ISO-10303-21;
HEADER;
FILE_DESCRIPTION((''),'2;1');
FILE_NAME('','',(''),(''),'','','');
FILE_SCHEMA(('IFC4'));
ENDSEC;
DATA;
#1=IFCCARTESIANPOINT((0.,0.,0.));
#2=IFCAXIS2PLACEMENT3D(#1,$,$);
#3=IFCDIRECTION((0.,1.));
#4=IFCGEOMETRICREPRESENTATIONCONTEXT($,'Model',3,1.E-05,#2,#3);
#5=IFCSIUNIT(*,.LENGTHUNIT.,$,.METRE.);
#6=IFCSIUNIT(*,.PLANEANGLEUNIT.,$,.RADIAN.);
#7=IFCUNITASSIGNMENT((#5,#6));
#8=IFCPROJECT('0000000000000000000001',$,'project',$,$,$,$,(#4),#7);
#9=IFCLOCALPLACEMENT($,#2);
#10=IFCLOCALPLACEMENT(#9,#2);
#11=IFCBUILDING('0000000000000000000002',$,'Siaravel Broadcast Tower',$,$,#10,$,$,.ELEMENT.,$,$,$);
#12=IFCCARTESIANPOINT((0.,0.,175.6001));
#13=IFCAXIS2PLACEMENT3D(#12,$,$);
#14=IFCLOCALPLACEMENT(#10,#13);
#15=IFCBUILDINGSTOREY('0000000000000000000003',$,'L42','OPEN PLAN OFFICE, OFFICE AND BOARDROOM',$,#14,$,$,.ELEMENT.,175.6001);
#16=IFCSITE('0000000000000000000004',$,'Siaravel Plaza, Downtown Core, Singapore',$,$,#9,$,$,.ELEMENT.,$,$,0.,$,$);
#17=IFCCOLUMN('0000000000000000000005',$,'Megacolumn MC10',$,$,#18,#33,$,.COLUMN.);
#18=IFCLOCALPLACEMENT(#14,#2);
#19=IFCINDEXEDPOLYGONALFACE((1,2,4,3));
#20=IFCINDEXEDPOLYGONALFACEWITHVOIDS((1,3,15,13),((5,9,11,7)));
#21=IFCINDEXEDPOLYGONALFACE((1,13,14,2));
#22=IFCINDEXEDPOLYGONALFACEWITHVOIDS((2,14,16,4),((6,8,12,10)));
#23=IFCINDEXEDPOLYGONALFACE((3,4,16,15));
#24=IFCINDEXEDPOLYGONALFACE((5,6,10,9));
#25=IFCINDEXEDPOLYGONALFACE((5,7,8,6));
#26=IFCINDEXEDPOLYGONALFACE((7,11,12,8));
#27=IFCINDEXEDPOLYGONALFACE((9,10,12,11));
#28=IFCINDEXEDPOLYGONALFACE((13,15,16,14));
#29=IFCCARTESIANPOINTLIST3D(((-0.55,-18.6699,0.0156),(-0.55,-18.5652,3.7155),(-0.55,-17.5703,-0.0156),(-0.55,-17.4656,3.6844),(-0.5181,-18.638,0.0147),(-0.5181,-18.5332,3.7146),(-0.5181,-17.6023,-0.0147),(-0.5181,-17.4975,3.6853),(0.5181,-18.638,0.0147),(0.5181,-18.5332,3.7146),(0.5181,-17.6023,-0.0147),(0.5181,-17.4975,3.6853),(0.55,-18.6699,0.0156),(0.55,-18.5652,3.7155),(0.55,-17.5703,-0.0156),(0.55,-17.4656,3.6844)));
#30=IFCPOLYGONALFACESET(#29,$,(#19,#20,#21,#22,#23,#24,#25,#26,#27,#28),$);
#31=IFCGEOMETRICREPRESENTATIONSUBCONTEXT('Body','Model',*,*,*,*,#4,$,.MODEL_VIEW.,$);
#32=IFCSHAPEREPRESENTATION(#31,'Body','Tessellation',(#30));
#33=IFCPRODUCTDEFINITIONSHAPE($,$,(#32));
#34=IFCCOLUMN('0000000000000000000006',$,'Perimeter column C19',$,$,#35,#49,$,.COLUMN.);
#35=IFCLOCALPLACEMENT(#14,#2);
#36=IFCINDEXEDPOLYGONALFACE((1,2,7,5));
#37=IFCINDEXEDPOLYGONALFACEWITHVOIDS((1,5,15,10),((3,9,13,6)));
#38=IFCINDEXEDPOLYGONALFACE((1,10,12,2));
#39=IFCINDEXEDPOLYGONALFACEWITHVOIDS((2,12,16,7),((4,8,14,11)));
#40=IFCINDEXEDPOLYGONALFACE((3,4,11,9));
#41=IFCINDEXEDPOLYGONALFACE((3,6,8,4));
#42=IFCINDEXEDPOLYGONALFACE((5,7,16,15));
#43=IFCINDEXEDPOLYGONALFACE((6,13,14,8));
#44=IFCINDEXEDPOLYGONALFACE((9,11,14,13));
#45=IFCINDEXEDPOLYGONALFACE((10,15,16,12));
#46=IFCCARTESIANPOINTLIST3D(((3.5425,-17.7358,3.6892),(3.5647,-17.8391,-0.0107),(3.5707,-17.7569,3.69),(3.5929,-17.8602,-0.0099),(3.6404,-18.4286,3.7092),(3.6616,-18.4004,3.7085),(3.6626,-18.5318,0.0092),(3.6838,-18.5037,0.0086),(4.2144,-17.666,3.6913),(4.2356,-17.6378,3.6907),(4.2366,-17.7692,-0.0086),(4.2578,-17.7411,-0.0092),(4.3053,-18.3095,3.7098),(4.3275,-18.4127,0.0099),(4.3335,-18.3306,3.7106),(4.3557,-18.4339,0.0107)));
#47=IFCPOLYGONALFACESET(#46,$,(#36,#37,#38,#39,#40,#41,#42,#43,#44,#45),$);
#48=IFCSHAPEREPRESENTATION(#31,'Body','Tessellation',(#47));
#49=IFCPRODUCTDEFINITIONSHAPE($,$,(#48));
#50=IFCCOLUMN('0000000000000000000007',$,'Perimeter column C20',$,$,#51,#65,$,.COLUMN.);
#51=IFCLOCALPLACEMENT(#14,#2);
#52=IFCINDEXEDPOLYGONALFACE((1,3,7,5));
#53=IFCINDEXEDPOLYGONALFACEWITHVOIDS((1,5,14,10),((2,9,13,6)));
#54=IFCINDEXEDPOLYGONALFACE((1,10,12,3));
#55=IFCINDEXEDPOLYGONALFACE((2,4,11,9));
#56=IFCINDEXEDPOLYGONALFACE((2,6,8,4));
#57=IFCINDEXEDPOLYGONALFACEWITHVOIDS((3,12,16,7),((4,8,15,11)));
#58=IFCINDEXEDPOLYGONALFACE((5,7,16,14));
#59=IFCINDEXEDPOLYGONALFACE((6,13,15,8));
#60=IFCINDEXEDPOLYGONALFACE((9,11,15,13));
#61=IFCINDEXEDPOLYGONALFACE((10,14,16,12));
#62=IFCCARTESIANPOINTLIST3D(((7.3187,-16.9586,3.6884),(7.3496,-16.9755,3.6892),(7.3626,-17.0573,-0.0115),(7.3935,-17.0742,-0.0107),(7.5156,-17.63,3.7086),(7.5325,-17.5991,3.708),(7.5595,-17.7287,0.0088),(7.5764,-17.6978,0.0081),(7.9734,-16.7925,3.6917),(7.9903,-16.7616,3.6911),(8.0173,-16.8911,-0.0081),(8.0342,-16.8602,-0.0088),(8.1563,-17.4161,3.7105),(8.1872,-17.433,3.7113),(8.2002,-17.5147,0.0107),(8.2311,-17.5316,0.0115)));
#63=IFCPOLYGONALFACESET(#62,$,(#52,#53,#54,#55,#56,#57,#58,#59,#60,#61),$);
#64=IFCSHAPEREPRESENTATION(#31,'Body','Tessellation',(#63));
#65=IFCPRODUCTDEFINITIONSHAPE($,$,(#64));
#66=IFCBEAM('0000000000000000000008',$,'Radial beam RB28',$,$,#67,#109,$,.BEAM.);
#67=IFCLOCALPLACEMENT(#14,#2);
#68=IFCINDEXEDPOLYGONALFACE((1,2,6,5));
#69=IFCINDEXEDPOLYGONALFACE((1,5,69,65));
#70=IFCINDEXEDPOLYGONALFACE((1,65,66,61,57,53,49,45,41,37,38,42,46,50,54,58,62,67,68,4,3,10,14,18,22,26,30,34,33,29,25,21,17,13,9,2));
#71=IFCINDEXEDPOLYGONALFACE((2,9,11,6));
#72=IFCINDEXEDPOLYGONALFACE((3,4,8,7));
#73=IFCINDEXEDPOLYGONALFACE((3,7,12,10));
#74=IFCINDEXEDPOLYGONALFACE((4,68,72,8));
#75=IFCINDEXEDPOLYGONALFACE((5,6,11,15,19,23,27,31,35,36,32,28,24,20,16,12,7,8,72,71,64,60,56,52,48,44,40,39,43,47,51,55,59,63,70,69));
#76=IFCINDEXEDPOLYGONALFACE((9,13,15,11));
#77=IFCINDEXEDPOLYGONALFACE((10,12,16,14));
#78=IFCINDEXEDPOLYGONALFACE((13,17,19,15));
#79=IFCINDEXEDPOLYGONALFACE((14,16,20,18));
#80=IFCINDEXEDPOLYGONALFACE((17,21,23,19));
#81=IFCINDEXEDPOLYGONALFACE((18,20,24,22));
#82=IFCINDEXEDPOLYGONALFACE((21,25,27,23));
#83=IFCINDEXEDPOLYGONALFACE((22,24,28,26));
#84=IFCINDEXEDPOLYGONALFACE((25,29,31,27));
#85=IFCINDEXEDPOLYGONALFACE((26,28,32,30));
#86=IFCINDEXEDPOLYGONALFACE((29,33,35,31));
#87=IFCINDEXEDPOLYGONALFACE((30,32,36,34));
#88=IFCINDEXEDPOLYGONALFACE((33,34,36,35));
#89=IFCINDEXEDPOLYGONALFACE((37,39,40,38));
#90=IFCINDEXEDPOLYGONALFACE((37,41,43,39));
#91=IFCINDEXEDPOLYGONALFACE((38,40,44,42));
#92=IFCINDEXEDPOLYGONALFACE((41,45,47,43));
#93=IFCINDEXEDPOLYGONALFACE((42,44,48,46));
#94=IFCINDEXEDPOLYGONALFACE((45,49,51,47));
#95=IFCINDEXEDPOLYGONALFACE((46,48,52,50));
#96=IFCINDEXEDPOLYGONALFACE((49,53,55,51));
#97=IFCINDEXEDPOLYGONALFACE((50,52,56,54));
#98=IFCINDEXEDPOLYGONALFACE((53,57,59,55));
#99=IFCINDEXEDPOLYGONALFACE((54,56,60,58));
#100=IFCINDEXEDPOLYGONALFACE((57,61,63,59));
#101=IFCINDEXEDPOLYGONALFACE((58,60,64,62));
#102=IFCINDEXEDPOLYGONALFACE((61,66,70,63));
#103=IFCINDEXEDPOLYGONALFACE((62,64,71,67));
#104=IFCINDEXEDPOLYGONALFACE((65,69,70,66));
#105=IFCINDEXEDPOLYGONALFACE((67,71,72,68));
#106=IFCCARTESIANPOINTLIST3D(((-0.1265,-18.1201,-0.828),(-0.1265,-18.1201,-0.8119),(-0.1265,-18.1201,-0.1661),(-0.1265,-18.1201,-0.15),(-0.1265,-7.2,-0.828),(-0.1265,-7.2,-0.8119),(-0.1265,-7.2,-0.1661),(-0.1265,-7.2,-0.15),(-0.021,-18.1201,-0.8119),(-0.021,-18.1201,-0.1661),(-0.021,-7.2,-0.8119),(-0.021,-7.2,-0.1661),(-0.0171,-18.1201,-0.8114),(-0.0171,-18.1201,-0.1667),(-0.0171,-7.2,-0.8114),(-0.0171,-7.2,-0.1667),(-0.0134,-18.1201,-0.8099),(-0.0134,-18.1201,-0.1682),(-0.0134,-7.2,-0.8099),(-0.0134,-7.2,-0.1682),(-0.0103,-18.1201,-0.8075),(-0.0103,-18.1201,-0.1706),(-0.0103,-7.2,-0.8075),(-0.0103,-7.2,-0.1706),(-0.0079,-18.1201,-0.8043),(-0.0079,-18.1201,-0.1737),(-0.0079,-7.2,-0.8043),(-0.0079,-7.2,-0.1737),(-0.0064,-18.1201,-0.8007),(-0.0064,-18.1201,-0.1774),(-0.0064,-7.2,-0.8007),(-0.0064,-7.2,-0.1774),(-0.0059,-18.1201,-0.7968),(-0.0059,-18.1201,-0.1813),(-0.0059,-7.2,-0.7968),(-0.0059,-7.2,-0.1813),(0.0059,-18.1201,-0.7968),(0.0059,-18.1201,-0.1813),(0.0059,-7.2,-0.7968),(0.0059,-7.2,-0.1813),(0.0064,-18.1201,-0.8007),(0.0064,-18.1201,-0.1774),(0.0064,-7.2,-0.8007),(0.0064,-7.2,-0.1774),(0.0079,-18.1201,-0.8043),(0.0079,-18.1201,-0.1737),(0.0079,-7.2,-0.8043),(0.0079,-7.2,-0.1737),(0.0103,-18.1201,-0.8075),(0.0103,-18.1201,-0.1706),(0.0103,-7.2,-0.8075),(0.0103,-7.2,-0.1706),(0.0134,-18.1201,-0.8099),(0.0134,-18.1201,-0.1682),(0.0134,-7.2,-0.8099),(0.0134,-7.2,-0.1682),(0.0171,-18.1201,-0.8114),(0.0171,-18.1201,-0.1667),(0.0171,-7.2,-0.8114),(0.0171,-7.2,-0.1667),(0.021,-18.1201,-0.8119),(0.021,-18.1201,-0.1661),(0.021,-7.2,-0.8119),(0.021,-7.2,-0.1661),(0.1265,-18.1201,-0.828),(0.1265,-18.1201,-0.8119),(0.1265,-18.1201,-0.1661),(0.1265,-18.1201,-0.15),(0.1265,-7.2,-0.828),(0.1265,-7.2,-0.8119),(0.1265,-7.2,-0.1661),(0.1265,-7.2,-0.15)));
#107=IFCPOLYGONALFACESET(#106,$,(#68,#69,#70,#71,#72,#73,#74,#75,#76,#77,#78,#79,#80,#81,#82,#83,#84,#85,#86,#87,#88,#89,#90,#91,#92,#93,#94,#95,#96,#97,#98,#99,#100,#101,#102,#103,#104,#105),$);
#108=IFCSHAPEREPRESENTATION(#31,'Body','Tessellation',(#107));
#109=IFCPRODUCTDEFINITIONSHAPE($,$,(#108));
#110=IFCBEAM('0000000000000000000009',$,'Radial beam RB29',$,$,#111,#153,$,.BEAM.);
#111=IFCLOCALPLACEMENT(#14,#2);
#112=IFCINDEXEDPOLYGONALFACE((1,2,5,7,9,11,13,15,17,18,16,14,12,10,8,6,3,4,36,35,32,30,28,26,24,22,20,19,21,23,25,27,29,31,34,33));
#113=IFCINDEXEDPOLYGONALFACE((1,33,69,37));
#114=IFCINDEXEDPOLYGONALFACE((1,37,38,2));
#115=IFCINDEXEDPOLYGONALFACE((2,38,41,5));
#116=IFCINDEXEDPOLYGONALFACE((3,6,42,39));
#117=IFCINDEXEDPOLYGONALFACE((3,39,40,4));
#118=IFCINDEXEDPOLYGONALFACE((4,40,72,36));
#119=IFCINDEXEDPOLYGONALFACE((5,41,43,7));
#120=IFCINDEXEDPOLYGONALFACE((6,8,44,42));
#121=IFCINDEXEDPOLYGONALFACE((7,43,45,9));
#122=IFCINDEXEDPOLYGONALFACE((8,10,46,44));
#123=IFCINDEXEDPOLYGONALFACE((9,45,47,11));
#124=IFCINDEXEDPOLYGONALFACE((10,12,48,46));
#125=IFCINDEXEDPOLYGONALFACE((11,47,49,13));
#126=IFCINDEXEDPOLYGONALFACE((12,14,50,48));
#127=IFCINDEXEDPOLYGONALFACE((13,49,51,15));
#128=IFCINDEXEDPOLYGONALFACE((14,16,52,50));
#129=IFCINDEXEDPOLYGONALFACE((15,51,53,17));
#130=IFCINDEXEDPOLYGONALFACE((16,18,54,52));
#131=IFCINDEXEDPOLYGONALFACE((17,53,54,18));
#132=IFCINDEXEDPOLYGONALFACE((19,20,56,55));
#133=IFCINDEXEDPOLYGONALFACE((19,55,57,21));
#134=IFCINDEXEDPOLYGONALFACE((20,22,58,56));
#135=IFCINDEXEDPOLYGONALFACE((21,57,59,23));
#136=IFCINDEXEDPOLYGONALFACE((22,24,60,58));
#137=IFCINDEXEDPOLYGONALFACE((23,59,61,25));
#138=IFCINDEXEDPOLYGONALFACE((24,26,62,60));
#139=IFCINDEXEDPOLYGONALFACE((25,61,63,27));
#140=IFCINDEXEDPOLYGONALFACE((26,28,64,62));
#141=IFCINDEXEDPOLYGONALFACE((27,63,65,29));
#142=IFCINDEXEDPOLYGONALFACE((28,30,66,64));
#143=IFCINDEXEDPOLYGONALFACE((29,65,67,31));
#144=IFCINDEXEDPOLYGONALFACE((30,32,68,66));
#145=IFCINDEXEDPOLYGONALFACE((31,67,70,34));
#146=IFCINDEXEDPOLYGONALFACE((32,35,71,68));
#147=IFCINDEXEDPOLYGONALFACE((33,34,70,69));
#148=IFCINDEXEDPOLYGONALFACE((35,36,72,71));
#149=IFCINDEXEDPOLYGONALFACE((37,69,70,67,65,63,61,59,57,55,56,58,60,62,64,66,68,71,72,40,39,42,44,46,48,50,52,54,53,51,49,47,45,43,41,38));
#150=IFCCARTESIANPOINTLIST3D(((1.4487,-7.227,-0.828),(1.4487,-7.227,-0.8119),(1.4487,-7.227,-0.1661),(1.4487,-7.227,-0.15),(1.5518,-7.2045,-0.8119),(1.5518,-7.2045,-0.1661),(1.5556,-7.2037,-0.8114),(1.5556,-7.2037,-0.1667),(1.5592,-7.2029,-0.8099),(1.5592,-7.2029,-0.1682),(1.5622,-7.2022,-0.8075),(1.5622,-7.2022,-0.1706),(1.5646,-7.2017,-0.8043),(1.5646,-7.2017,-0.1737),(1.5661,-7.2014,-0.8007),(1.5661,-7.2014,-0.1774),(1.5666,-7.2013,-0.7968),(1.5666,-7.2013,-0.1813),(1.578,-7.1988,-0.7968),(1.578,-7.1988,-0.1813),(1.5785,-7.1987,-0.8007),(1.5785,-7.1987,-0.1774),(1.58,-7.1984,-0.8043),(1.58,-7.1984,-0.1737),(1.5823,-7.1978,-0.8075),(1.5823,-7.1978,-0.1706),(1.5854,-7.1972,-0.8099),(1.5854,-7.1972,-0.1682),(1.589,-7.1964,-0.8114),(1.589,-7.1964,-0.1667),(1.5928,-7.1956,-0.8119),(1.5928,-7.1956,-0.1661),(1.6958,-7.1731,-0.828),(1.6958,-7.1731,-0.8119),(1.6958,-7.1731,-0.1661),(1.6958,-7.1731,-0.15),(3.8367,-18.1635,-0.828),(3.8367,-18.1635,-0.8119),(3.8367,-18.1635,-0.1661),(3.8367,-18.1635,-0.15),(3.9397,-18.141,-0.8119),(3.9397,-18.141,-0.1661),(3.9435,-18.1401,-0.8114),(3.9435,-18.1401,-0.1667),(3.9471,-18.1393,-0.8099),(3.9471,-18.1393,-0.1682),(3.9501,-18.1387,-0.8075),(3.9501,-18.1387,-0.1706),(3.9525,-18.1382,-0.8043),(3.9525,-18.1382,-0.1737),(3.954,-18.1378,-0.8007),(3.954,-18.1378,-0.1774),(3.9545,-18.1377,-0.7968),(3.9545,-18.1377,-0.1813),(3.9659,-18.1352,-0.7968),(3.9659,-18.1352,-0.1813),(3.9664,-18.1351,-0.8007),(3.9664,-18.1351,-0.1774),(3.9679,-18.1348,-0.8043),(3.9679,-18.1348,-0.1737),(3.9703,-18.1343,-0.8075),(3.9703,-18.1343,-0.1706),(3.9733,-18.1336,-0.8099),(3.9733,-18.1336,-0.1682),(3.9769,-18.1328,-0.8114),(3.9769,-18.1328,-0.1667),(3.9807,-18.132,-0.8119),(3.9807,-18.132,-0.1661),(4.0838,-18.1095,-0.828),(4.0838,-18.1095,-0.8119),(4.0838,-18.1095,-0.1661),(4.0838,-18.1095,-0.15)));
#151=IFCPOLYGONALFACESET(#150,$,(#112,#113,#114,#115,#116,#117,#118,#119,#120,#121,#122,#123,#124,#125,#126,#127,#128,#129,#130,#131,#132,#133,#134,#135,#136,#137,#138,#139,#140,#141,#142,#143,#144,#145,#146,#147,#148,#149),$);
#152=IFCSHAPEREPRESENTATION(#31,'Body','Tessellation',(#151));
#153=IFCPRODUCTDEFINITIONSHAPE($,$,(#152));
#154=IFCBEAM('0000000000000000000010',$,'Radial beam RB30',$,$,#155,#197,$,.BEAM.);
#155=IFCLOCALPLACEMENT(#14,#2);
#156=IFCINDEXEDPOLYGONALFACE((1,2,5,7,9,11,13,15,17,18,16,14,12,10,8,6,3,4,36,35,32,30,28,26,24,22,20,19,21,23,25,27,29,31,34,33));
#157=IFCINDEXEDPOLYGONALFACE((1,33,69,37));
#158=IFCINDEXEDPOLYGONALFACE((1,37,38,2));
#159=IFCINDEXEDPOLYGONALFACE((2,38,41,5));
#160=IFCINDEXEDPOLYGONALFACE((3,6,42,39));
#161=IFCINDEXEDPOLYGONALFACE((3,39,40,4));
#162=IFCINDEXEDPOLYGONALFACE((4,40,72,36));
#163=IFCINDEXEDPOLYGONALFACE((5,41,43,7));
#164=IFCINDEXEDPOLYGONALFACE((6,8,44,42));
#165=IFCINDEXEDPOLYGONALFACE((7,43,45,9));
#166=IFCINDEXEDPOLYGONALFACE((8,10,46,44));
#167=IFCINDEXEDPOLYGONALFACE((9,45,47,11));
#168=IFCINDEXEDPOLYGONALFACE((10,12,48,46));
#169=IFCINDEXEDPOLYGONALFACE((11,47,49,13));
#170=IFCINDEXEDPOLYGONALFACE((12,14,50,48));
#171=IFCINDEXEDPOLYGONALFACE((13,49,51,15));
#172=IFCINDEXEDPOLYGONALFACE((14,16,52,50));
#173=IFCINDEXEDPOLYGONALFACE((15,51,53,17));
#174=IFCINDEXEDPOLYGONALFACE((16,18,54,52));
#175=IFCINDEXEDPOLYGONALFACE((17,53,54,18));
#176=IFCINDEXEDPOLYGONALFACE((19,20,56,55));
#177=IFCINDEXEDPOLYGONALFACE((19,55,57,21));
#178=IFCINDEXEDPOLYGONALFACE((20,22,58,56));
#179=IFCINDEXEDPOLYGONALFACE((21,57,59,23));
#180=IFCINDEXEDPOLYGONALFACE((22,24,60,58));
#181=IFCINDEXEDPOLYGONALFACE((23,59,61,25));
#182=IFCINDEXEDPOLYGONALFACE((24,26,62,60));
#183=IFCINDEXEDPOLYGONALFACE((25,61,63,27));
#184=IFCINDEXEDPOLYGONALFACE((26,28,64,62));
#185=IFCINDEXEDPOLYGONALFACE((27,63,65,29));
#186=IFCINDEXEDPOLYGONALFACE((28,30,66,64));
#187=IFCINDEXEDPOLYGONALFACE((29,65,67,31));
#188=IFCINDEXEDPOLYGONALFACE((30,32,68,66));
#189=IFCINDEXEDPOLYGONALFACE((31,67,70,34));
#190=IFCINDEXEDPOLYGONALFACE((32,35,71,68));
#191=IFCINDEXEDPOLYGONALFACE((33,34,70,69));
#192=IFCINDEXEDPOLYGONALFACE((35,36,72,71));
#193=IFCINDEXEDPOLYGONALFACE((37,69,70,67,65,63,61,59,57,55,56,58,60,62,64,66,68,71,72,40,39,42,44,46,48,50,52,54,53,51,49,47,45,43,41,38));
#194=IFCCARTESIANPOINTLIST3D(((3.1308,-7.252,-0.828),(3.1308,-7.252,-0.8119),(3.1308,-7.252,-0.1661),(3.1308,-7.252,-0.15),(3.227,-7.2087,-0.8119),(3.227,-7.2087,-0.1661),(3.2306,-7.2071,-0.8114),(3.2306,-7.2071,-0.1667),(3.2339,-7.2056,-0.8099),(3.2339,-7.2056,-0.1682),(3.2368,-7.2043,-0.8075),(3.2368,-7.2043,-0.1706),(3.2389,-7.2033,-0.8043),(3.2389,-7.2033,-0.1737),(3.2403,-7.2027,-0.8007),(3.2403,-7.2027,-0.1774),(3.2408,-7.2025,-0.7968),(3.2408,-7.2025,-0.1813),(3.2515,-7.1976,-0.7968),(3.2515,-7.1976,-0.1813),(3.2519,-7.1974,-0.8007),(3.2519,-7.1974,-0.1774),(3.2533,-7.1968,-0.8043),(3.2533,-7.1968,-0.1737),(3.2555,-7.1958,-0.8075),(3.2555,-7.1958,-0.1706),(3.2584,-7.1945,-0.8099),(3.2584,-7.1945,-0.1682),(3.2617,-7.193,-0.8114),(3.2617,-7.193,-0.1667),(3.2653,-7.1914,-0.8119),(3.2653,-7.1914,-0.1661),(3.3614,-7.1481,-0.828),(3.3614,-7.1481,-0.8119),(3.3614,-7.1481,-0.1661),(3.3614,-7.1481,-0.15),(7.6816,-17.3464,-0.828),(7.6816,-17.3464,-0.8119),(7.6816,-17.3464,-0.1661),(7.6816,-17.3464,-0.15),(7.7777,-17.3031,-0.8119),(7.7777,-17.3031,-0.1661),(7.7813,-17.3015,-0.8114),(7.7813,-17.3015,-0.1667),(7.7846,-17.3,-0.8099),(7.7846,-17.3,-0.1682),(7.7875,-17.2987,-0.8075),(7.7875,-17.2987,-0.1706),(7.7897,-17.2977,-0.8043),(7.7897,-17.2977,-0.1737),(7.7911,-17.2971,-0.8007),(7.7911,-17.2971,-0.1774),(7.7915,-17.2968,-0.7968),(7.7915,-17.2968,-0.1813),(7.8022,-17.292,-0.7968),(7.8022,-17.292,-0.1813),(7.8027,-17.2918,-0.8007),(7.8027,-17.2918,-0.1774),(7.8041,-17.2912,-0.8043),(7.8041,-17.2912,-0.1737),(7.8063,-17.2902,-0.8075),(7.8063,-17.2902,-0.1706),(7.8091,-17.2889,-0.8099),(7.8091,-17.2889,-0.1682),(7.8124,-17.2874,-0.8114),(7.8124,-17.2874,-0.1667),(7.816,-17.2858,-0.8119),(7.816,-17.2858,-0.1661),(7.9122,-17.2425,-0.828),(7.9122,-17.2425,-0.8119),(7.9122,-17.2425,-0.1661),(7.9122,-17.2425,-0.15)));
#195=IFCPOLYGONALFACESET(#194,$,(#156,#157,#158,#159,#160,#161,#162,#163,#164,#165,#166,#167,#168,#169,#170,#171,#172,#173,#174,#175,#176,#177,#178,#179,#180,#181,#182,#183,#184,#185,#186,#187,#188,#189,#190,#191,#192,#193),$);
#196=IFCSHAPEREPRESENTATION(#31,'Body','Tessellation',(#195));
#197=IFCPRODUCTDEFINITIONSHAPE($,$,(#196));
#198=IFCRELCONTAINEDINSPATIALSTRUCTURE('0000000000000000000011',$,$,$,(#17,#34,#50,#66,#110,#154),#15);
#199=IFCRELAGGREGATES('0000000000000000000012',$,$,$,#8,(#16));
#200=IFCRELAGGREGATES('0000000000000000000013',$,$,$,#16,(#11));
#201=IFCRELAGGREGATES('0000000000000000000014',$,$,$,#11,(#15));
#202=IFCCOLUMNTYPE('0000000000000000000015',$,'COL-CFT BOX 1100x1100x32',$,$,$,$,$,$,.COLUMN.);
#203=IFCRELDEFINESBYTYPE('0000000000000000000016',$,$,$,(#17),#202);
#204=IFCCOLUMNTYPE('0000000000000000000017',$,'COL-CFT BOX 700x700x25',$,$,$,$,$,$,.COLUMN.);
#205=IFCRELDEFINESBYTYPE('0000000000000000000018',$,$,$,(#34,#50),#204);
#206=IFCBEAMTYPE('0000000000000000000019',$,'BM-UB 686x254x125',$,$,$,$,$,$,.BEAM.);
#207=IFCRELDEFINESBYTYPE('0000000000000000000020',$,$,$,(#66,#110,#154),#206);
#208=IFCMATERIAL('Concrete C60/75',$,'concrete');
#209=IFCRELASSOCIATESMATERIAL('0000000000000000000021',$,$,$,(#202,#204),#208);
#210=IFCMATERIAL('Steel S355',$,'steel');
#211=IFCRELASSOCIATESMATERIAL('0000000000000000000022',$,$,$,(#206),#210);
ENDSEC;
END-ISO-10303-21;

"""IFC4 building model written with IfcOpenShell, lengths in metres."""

from ifc_helpers import new_model, si_unit, direction, frame, origin, origin_2d, place, context, subcontext, project, spatial, hollow_rectangle, i_section, extrude, material, material_profile, profile_set, type_object, element, save


model = new_model("IFC4")

# Units and contexts
model_context = context("Model", 3, precision=1e-05, world=origin(), true_north=direction((0.0, 1.0)))
body_context = subcontext(model_context, "Body", "Model", "MODEL_VIEW")
ifc_project = project(units=[si_unit("LENGTHUNIT", "METRE"), si_unit("PLANEANGLEUNIT", "RADIAN")], contexts=[model_context])

# Site, building, storey
site_placement = place(None, origin())
site = spatial("IfcSite", under=ifc_project, at=site_placement, Name="Siaravel Plaza, Downtown Core, Singapore", CompositionType="ELEMENT", RefElevation=0.0)
building_placement = place(site_placement, origin())
building = spatial("IfcBuilding", under=site, at=building_placement, Name="Siaravel Broadcast Tower", CompositionType="ELEMENT")
storey_placement = place(building_placement, frame((0.0, 0.0, 175.6001)))
storey = spatial("IfcBuildingStorey", under=building, at=storey_placement, Name="L42", Description="OPEN PLAN OFFICE, OFFICE AND BOARDROOM", CompositionType="ELEMENT", Elevation=175.6001)

# Columns
ifc_material_1 = material(Name="Concrete C60/75", Category="concrete")
ifc_material_profile_1 = material_profile(ifc_material_1, hollow_rectangle(XDim=1.1001, YDim=1.1001, WallThickness=0.032, at=origin_2d()))
ifc_profile_set_1 = profile_set([ifc_material_profile_1], Name="Concrete C60/75")
column_type_1 = type_object("IfcColumnType", Name="COL-CFT BOX 1100x1100x32", PredefinedType="COLUMN", material=ifc_profile_set_1)
column_placement = place(storey_placement, frame((0.0, -18.1201, 0.0), z_axis=(0.0, 0.028296, 0.9996), x_axis=(-1.0, 0.0, 0.0)))
element("IfcColumn", 1, at=column_placement, inside=storey, type_object=column_type_1, Name="Megacolumn MC10", PredefinedType="COLUMN", context=body_context, shape_type="SweptSolid", body=[
    extrude(hollow_rectangle(XDim=1.1001, YDim=1.1001, WallThickness=0.032, at=origin_2d()), origin(), (0.0, 0.0, 1.0), 3.7014),
])
ifc_material_profile_2 = material_profile(ifc_material_1, hollow_rectangle(XDim=0.7, YDim=0.7, WallThickness=0.0249, at=origin_2d()))
ifc_profile_set_2 = profile_set([ifc_material_profile_2], Name="Concrete C60/75")
column_type_2 = type_object("IfcColumnType", Name="COL-CFT BOX 700x700x25", PredefinedType="COLUMN", material=ifc_profile_set_2)
for number, where, z_axis, x_axis, name in (
    (2, (3.9602, -18.1365, 0.0), (-0.006002, 0.0279, 0.999593), (-0.99016, -0.139927, -0.00204), "Perimeter column C19"),
    (3, (7.7969, -17.2944, 0.0), (-0.011872, 0.026647, 0.999574), (-0.959541, -0.281541, -0.003891), "Perimeter column C20"),
):
    element("IfcColumn", number, at=place(storey_placement, frame(where, z_axis=z_axis, x_axis=x_axis)), inside=storey, type_object=column_type_2, Name=name, PredefinedType="COLUMN", context=body_context, shape_type="SweptSolid", body=[
        extrude(hollow_rectangle(XDim=0.7, YDim=0.7, WallThickness=0.0249, at=origin_2d()), origin(), (0.0, 0.0, 1.0), 3.7014),
    ])

# Beams
ifc_material_2 = material(Name="Steel S355", Category="steel")
ifc_material_profile_3 = material_profile(ifc_material_2, i_section(OverallWidth=0.2529, OverallDepth=0.678, WebThickness=0.0117, FlangeThickness=0.0161, FilletRadius=0.0151, at=origin_2d()))
ifc_profile_set_3 = profile_set([ifc_material_profile_3], Name="Steel S355")
beam_type = type_object("IfcBeamType", Name="BM-UB 686x254x125", PredefinedType="BEAM", material=ifc_profile_set_3)
beam_1_placement = place(storey_placement, frame((0.0, -18.1201, -0.489), z_axis=(0.0, 1.0, 0.0), x_axis=(-1.0, 0.0, 0.0)))
element("IfcBeam", 4, at=beam_1_placement, inside=storey, type_object=beam_type, Name="Radial beam RB28", PredefinedType="BEAM", context=body_context, shape_type="SweptSolid", body=[
    extrude(i_section(OverallWidth=0.2529, OverallDepth=0.678, WebThickness=0.0117, FlangeThickness=0.0161, FilletRadius=0.0151, at=origin_2d()), origin(), (0.0, 0.0, 1.0), 10.9202),
])
beam_2_placement = place(storey_placement, frame((3.9602, -18.1365, -0.489), z_axis=(-0.21332, 0.976982, 0.0), x_axis=(-0.976982, -0.21332, 0.0)))
element("IfcBeam", 5, at=beam_2_placement, inside=storey, type_object=beam_type, Name="Radial beam RB29", PredefinedType="BEAM", context=body_context, shape_type="SweptSolid", body=[
    extrude(i_section(OverallWidth=0.2529, OverallDepth=0.678, WebThickness=0.0117, FlangeThickness=0.0161, FilletRadius=0.0151, at=origin_2d()), origin(), (0.0, 0.0, 1.0), 11.1941),
])
beam_3_placement = place(storey_placement, frame((7.7969, -17.2944, -0.489), z_axis=(-0.410985, 0.911642, 0.0), x_axis=(-0.911642, -0.410985, 0.0)))
element("IfcBeam", 6, at=beam_3_placement, inside=storey, type_object=beam_type, Name="Radial beam RB30", PredefinedType="BEAM", context=body_context, shape_type="SweptSolid", body=[
    extrude(i_section(OverallWidth=0.2529, OverallDepth=0.678, WebThickness=0.0117, FlangeThickness=0.0161, FilletRadius=0.0151, at=origin_2d()), origin(), (0.0, 0.0, 1.0), 11.0728),
])

save(model, "model.ifc")
